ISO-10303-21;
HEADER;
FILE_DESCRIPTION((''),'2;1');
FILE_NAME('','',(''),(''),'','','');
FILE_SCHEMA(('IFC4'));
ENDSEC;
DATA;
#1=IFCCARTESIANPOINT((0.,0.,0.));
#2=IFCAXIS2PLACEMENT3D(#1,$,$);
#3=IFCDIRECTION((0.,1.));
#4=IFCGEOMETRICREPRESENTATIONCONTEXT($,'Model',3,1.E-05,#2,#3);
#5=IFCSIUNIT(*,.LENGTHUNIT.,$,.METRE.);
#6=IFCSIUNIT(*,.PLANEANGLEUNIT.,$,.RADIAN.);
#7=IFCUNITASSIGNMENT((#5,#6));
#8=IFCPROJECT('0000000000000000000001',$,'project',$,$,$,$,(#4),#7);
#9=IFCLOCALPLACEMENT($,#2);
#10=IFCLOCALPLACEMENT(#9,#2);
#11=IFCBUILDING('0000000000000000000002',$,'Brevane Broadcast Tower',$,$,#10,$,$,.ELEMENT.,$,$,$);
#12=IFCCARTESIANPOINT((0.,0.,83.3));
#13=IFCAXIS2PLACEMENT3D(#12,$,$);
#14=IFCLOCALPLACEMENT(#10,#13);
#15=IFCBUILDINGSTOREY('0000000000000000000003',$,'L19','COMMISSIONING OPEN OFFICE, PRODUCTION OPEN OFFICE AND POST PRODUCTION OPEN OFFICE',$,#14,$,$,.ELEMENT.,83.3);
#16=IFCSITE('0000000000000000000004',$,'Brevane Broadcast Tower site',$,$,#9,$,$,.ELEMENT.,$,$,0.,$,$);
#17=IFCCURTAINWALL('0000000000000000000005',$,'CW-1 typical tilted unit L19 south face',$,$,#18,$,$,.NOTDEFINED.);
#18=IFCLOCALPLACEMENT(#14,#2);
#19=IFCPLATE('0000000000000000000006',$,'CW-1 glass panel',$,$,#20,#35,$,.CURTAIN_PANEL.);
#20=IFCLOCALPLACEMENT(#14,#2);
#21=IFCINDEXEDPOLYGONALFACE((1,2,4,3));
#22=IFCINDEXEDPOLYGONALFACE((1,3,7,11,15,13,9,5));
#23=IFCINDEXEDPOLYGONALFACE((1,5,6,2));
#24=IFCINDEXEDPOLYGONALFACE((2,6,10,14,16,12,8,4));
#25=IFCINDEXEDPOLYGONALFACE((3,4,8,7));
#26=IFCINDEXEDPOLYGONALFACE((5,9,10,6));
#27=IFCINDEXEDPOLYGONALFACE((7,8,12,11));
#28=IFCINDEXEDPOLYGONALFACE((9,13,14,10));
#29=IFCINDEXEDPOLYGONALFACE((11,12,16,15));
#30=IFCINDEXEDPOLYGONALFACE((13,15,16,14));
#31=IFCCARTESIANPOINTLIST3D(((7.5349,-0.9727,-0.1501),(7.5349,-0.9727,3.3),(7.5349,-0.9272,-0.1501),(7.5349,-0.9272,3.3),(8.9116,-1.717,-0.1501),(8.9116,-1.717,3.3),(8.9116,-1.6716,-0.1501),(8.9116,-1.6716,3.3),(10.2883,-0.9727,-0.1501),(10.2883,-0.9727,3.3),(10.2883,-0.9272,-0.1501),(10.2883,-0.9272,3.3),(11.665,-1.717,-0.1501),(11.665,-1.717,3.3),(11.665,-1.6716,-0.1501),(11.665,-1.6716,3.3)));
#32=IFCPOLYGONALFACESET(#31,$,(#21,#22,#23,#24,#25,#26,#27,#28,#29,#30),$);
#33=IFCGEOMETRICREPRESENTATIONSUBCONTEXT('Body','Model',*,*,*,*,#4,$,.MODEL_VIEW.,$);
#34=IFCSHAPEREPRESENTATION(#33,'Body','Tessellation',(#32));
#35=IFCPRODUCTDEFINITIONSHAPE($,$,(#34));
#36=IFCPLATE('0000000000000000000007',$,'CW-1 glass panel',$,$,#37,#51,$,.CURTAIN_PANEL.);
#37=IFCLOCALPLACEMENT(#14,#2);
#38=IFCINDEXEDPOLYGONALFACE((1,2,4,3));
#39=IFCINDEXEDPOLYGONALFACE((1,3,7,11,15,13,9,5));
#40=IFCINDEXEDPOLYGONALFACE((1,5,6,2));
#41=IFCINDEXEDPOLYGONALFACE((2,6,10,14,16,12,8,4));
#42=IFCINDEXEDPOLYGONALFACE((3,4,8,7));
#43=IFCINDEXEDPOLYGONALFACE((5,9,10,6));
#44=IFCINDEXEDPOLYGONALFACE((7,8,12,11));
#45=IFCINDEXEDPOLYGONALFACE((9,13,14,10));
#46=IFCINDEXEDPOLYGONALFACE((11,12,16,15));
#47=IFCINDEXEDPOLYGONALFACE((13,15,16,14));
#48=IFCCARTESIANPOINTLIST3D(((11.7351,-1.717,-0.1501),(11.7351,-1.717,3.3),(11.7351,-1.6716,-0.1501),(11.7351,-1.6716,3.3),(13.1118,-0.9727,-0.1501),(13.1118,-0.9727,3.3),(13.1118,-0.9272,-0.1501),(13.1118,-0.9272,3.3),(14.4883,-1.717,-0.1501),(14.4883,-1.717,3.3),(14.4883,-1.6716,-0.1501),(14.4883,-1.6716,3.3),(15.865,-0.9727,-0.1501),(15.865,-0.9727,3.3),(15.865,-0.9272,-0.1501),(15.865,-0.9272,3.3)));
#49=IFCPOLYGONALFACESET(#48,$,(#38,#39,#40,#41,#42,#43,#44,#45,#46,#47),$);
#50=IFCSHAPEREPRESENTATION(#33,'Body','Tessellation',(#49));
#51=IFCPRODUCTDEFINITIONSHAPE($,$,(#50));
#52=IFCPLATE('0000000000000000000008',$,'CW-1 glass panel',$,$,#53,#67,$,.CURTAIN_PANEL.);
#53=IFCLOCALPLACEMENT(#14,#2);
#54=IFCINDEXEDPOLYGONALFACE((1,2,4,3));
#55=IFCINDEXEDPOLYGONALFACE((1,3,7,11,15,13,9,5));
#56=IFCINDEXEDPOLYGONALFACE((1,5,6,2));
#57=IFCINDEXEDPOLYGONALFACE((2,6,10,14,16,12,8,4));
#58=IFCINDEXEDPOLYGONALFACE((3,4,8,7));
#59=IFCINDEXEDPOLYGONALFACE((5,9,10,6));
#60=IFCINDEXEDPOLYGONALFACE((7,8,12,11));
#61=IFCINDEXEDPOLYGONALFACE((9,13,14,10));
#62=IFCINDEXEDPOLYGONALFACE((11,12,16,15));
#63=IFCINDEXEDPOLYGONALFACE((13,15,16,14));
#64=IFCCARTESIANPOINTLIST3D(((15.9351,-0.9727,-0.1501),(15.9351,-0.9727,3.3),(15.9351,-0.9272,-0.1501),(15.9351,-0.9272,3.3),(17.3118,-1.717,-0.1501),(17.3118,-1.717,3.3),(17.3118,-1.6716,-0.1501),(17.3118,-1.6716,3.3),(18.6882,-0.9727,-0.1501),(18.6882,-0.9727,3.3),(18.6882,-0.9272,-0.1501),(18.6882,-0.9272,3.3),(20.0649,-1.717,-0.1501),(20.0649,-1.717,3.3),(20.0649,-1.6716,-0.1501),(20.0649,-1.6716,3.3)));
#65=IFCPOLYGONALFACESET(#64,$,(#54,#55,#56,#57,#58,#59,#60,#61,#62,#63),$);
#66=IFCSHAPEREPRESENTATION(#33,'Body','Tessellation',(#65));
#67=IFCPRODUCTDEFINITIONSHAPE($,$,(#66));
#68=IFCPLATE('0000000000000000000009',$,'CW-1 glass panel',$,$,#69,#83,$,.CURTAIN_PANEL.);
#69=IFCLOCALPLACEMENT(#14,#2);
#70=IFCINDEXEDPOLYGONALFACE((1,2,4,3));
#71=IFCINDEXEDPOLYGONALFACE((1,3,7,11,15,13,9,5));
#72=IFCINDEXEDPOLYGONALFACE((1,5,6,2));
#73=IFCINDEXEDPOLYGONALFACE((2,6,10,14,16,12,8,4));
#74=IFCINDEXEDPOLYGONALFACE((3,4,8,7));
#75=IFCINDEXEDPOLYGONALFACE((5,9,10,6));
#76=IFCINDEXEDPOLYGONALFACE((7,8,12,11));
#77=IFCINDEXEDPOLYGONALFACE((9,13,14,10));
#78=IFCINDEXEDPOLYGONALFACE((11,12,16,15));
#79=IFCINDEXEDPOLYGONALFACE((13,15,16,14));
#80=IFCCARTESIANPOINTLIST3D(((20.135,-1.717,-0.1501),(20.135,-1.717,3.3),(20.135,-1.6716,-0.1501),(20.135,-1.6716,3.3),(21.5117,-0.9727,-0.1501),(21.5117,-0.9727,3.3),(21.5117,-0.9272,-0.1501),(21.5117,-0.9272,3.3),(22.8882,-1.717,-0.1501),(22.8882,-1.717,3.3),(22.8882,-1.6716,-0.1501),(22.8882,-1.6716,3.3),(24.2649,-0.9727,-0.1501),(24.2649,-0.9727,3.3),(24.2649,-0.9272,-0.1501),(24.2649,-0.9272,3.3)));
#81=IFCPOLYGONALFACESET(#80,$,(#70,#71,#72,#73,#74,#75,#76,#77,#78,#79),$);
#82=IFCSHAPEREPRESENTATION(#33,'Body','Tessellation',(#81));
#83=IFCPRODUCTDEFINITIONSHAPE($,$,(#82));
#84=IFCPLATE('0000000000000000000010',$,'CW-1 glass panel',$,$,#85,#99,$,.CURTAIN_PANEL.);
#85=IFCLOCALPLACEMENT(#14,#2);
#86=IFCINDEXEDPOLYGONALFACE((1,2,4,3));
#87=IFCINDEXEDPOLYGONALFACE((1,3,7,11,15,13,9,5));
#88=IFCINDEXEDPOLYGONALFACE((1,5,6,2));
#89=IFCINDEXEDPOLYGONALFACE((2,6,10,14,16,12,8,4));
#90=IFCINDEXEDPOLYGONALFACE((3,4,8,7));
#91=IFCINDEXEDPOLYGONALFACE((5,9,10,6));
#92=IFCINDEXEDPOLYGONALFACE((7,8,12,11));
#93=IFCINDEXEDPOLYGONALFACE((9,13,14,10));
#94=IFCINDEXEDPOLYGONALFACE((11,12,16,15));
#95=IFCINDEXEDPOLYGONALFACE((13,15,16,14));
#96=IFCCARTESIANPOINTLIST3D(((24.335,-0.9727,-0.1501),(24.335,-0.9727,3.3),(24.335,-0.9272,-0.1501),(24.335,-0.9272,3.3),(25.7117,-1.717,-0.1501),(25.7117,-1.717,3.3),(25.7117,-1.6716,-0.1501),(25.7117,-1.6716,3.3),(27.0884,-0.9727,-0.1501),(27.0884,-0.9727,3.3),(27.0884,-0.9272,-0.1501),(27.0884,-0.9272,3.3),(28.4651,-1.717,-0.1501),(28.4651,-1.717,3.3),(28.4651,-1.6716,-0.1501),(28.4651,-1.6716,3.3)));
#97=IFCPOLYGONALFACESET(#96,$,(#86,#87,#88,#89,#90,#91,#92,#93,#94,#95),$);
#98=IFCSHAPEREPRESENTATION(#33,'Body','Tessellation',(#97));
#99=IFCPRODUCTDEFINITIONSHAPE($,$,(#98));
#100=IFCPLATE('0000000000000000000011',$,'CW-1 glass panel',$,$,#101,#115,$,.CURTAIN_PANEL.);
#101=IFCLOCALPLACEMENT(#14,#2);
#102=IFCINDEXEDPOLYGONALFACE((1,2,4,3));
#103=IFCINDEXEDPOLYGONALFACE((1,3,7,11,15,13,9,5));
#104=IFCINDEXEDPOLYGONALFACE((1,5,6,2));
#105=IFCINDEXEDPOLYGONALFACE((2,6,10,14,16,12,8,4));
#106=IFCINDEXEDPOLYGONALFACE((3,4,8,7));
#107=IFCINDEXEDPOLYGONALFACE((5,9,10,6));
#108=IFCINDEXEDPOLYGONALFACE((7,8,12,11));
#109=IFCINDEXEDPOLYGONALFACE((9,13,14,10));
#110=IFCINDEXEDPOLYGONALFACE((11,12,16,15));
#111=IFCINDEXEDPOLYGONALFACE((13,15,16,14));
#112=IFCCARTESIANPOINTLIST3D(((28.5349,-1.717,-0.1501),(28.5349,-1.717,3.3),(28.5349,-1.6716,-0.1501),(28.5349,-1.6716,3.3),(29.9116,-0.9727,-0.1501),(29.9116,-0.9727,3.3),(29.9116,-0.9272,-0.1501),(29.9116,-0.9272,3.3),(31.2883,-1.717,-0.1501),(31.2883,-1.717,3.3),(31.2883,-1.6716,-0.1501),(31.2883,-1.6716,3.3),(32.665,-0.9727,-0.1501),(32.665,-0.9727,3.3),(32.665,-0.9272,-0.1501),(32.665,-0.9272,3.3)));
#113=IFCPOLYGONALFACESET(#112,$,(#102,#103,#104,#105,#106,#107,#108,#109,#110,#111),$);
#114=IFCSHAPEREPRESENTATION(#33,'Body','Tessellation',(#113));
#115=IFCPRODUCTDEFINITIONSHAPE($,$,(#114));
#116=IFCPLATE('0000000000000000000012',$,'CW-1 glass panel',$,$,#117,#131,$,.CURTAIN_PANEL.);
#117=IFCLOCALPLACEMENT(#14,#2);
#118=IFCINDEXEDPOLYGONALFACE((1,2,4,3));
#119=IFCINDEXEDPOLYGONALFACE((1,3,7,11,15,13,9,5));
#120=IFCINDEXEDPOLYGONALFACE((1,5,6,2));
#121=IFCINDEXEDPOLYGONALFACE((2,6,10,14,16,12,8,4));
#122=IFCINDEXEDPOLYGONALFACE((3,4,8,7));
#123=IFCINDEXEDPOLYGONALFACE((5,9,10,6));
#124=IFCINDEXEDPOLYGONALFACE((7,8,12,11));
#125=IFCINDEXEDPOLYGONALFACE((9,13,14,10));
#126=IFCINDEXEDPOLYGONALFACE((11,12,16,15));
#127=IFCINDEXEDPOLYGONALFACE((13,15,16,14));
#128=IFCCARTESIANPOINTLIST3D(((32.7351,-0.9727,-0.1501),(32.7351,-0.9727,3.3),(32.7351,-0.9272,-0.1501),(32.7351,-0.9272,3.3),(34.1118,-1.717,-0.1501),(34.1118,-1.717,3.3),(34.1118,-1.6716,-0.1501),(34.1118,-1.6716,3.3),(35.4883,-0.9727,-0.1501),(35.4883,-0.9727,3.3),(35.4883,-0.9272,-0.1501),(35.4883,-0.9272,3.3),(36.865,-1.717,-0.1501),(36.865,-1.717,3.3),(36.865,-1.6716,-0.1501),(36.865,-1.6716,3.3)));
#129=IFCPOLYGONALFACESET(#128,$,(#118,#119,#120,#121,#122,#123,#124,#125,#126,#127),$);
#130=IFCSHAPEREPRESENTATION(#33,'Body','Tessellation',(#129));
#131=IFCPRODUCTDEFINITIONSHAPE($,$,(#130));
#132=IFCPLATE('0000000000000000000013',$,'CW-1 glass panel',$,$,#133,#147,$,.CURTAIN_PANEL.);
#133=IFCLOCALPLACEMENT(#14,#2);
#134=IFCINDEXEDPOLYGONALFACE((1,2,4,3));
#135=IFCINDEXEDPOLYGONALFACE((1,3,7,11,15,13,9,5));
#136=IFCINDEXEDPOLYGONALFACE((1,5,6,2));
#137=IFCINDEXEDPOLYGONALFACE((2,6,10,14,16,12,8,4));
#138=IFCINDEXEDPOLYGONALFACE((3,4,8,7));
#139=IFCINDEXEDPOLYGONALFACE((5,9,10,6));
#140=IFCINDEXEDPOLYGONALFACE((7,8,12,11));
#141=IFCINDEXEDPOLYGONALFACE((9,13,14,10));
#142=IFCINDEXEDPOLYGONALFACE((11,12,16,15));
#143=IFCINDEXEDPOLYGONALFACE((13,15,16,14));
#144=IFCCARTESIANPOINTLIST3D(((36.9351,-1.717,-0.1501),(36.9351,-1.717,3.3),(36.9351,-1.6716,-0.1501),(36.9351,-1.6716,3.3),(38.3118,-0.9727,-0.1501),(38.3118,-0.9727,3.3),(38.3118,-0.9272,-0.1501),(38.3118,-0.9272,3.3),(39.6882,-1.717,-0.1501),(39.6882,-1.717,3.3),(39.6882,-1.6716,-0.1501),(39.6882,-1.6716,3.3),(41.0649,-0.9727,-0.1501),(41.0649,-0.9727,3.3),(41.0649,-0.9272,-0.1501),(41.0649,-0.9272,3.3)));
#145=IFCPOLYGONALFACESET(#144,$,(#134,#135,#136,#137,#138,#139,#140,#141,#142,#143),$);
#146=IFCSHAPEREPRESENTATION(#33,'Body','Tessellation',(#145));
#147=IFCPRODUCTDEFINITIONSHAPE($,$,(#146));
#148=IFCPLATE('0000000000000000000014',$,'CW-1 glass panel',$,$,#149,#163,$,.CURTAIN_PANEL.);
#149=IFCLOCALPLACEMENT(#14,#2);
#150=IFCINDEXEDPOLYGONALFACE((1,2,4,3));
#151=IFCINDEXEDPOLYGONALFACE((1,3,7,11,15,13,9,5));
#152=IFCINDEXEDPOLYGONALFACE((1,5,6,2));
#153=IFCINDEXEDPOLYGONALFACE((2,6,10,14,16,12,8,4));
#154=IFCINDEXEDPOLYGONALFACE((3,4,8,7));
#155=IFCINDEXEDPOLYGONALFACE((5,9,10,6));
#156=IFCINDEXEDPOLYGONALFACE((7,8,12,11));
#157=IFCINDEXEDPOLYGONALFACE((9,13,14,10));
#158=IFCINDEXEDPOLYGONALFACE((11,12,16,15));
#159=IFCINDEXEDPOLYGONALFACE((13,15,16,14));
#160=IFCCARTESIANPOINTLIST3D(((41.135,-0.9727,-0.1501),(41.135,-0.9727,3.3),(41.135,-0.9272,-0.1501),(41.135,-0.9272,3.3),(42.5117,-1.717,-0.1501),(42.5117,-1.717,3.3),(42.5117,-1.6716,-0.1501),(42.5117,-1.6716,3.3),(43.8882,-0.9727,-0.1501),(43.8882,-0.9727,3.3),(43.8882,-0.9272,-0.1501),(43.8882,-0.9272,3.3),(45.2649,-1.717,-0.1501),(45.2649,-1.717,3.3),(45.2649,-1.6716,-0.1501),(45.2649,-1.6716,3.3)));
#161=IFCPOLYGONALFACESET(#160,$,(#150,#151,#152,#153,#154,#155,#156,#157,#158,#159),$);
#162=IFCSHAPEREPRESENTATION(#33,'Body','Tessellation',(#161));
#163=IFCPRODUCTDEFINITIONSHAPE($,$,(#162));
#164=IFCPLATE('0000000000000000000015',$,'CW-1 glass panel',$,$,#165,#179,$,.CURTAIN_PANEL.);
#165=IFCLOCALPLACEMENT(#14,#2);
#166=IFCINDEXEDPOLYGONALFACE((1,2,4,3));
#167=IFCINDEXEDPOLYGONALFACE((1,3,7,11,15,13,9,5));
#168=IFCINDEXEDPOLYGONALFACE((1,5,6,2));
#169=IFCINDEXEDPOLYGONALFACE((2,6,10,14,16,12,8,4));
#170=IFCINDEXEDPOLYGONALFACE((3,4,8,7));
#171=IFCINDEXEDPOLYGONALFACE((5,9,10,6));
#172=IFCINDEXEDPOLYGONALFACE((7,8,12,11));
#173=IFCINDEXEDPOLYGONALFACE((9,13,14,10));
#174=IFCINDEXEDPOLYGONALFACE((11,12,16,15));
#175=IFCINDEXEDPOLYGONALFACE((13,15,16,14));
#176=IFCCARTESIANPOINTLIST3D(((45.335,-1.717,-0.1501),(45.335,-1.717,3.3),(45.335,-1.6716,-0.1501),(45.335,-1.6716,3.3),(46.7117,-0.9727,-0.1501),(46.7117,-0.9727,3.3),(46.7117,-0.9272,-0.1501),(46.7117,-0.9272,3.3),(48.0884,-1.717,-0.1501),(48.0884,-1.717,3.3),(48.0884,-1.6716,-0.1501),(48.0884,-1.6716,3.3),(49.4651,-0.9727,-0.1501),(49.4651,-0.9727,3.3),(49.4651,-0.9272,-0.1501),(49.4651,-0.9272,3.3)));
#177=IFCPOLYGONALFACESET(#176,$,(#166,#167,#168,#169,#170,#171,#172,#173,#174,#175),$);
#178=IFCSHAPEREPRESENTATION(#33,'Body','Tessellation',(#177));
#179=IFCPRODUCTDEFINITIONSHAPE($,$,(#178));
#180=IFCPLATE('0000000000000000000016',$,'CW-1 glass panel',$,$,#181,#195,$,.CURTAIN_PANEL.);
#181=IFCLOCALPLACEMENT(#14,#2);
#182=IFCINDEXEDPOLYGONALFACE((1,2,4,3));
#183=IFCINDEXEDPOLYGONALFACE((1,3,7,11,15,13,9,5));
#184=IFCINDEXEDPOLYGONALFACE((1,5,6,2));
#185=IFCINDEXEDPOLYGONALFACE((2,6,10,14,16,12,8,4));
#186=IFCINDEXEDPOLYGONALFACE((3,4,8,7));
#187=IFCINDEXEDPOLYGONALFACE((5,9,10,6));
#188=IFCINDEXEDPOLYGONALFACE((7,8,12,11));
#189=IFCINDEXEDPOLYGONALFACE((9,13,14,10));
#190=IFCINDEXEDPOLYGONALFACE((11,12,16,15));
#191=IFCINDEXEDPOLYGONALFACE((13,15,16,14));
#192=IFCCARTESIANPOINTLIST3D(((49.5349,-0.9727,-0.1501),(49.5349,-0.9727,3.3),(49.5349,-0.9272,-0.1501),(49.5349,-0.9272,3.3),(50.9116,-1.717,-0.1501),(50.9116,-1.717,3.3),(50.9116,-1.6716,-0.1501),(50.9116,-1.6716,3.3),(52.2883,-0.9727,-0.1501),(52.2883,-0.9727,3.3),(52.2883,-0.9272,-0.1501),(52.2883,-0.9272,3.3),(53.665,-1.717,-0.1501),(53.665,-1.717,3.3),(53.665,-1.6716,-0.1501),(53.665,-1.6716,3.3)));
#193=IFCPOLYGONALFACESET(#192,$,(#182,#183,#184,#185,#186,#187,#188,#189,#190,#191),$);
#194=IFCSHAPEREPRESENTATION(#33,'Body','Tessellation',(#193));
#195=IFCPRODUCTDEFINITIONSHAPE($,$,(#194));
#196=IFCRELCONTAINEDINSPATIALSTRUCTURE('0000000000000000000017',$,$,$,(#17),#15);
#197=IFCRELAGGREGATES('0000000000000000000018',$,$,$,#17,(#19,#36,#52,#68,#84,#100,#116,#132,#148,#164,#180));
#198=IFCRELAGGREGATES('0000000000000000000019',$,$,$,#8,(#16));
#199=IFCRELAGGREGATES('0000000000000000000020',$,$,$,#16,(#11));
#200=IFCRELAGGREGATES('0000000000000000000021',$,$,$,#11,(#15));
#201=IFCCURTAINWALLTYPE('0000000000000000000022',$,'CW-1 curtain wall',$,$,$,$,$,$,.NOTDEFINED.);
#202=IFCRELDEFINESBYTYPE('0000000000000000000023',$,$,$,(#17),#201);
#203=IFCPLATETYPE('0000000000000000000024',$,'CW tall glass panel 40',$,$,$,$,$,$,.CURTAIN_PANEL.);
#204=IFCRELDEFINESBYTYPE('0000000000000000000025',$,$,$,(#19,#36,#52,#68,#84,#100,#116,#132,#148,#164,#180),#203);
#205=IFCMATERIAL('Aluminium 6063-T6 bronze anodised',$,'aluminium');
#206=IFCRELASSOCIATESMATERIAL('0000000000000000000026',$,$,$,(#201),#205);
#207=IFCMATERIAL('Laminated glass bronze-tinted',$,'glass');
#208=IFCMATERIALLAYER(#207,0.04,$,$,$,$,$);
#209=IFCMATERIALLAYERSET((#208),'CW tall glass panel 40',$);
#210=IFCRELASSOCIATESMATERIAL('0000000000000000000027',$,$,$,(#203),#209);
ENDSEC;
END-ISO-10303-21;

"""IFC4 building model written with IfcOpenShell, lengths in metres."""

from ifc_helpers import new_model, si_unit, direction, frame, origin, place, context, subcontext, project, spatial, polyline, outline, extrude, material, layer, layer_set, type_object, element, aggregate, save


model = new_model("IFC4")

# Units and contexts
model_context = context("Model", 3, precision=1e-05, world=origin(), true_north=direction((0.0, 1.0)))
body_context = subcontext(model_context, "Body", "Model", "MODEL_VIEW")
ifc_project = project(units=[si_unit("LENGTHUNIT", "METRE"), si_unit("PLANEANGLEUNIT", "RADIAN")], contexts=[model_context])

# Site, building, storey
site_placement = place(None, origin())
site = spatial("IfcSite", under=ifc_project, at=site_placement, Name="Brevane Broadcast Tower site", CompositionType="ELEMENT", RefElevation=0.0)
building_placement = place(site_placement, origin())
building = spatial("IfcBuilding", under=site, at=building_placement, Name="Brevane Broadcast Tower", CompositionType="ELEMENT")
storey_placement = place(building_placement, frame((0.0, 0.0, 83.3)))
storey = spatial("IfcBuildingStorey", under=building, at=storey_placement, Name="L19", Description="COMMISSIONING OPEN OFFICE, PRODUCTION OPEN OFFICE AND POST PRODUCTION OPEN OFFICE", CompositionType="ELEMENT", Elevation=83.3)

# Curtain wall, plates
ifc_material_1 = material(Name="Aluminium 6063-T6 bronze anodised", Category="aluminium")
curtain_wall_type = type_object("IfcCurtainWallType", Name="CW-1 curtain wall", PredefinedType="NOTDEFINED", material=ifc_material_1)
curtain_wall_1_placement = place(storey_placement, origin())
curtain_wall_1 = element("IfcCurtainWall", 1, at=curtain_wall_1_placement, inside=storey, type_object=curtain_wall_type, Name="CW-1 typical tilted unit L19 south face", PredefinedType="NOTDEFINED")
ifc_material_2 = material(Name="Laminated glass bronze-tinted", Category="glass")
ifc_layer = layer(ifc_material_2, 0.04)
ifc_layer_set = layer_set([ifc_layer], Name="CW tall glass panel 40")
plate_type = type_object("IfcPlateType", Name="CW tall glass panel 40", PredefinedType="CURTAIN_PANEL", material=ifc_layer_set)
plate_1_placement = place(storey_placement, frame((0.0, 0.0, -0.1501)))
plate_1 = element("IfcPlate", 2, at=plate_1_placement, type_object=plate_type, Name="CW-1 glass panel", PredefinedType="CURTAIN_PANEL", context=body_context, shape_type="SweptSolid", body=[
    extrude(outline(polyline([(7.5349, -0.9272), (7.5349, -0.9727), (8.9116, -1.717), (10.2883, -0.9727), (11.665, -1.717), (11.665, -1.6716), (10.2883, -0.9272), (8.9116, -1.6716), (7.5349, -0.9272)])), origin(), (0.0, 0.0, 1.0), 3.4502),
])
plate_2_placement = place(storey_placement, frame((0.0, 0.0, -0.1501)))
plate_2 = element("IfcPlate", 3, at=plate_2_placement, type_object=plate_type, Name="CW-1 glass panel", PredefinedType="CURTAIN_PANEL", context=body_context, shape_type="SweptSolid", body=[
    extrude(outline(polyline([(11.7351, -1.6716), (11.7351, -1.717), (13.1118, -0.9727), (14.4883, -1.717), (15.865, -0.9727), (15.865, -0.9272), (14.4883, -1.6716), (13.1118, -0.9272), (11.7351, -1.6716)])), origin(), (0.0, 0.0, 1.0), 3.4502),
])
plate_3_placement = place(storey_placement, frame((0.0, 0.0, -0.1501)))
plate_3 = element("IfcPlate", 4, at=plate_3_placement, type_object=plate_type, Name="CW-1 glass panel", PredefinedType="CURTAIN_PANEL", context=body_context, shape_type="SweptSolid", body=[
    extrude(outline(polyline([(15.9351, -0.9272), (15.9351, -0.9727), (17.3118, -1.717), (18.6882, -0.9727), (20.0649, -1.717), (20.0649, -1.6716), (18.6882, -0.9272), (17.3118, -1.6716), (15.9351, -0.9272)])), origin(), (0.0, 0.0, 1.0), 3.4502),
])
plate_4_placement = place(storey_placement, frame((0.0, 0.0, -0.1501)))
plate_4 = element("IfcPlate", 5, at=plate_4_placement, type_object=plate_type, Name="CW-1 glass panel", PredefinedType="CURTAIN_PANEL", context=body_context, shape_type="SweptSolid", body=[
    extrude(outline(polyline([(20.135, -1.6716), (20.135, -1.717), (21.5117, -0.9727), (22.8882, -1.717), (24.2649, -0.9727), (24.2649, -0.9272), (22.8882, -1.6716), (21.5117, -0.9272), (20.135, -1.6716)])), origin(), (0.0, 0.0, 1.0), 3.4502),
])
plate_5_placement = place(storey_placement, frame((0.0, 0.0, -0.1501)))
plate_5 = element("IfcPlate", 6, at=plate_5_placement, type_object=plate_type, Name="CW-1 glass panel", PredefinedType="CURTAIN_PANEL", context=body_context, shape_type="SweptSolid", body=[
    extrude(outline(polyline([(24.335, -0.9272), (24.335, -0.9727), (25.7117, -1.717), (27.0884, -0.9727), (28.4651, -1.717), (28.4651, -1.6716), (27.0884, -0.9272), (25.7117, -1.6716), (24.335, -0.9272)])), origin(), (0.0, 0.0, 1.0), 3.4502),
])
plate_6_placement = place(storey_placement, frame((0.0, 0.0, -0.1501)))
plate_6 = element("IfcPlate", 7, at=plate_6_placement, type_object=plate_type, Name="CW-1 glass panel", PredefinedType="CURTAIN_PANEL", context=body_context, shape_type="SweptSolid", body=[
    extrude(outline(polyline([(28.5349, -1.6716), (28.5349, -1.717), (29.9116, -0.9727), (31.2883, -1.717), (32.665, -0.9727), (32.665, -0.9272), (31.2883, -1.6716), (29.9116, -0.9272), (28.5349, -1.6716)])), origin(), (0.0, 0.0, 1.0), 3.4502),
])
plate_7_placement = place(storey_placement, frame((0.0, 0.0, -0.1501)))
plate_7 = element("IfcPlate", 8, at=plate_7_placement, type_object=plate_type, Name="CW-1 glass panel", PredefinedType="CURTAIN_PANEL", context=body_context, shape_type="SweptSolid", body=[
    extrude(outline(polyline([(32.7351, -0.9272), (32.7351, -0.9727), (34.1118, -1.717), (35.4883, -0.9727), (36.865, -1.717), (36.865, -1.6716), (35.4883, -0.9272), (34.1118, -1.6716), (32.7351, -0.9272)])), origin(), (0.0, 0.0, 1.0), 3.4502),
])
plate_8_placement = place(storey_placement, frame((0.0, 0.0, -0.1501)))
plate_8 = element("IfcPlate", 9, at=plate_8_placement, type_object=plate_type, Name="CW-1 glass panel", PredefinedType="CURTAIN_PANEL", context=body_context, shape_type="SweptSolid", body=[
    extrude(outline(polyline([(36.9351, -1.6716), (36.9351, -1.717), (38.3118, -0.9727), (39.6882, -1.717), (41.0649, -0.9727), (41.0649, -0.9272), (39.6882, -1.6716), (38.3118, -0.9272), (36.9351, -1.6716)])), origin(), (0.0, 0.0, 1.0), 3.4502),
])
plate_9_placement = place(storey_placement, frame((0.0, 0.0, -0.1501)))
plate_9 = element("IfcPlate", 10, at=plate_9_placement, type_object=plate_type, Name="CW-1 glass panel", PredefinedType="CURTAIN_PANEL", context=body_context, shape_type="SweptSolid", body=[
    extrude(outline(polyline([(41.135, -0.9272), (41.135, -0.9727), (42.5117, -1.717), (43.8882, -0.9727), (45.2649, -1.717), (45.2649, -1.6716), (43.8882, -0.9272), (42.5117, -1.6716), (41.135, -0.9272)])), origin(), (0.0, 0.0, 1.0), 3.4502),
])
plate_10_placement = place(storey_placement, frame((0.0, 0.0, -0.1501)))
plate_10 = element("IfcPlate", 11, at=plate_10_placement, type_object=plate_type, Name="CW-1 glass panel", PredefinedType="CURTAIN_PANEL", context=body_context, shape_type="SweptSolid", body=[
    extrude(outline(polyline([(45.335, -1.6716), (45.335, -1.717), (46.7117, -0.9727), (48.0884, -1.717), (49.4651, -0.9727), (49.4651, -0.9272), (48.0884, -1.6716), (46.7117, -0.9272), (45.335, -1.6716)])), origin(), (0.0, 0.0, 1.0), 3.4502),
])
plate_11_placement = place(storey_placement, frame((0.0, 0.0, -0.1501)))
plate_11 = element("IfcPlate", 12, at=plate_11_placement, type_object=plate_type, Name="CW-1 glass panel", PredefinedType="CURTAIN_PANEL", context=body_context, shape_type="SweptSolid", body=[
    extrude(outline(polyline([(49.5349, -0.9272), (49.5349, -0.9727), (50.9116, -1.717), (52.2883, -0.9727), (53.665, -1.717), (53.665, -1.6716), (52.2883, -0.9272), (50.9116, -1.6716), (49.5349, -0.9272)])), origin(), (0.0, 0.0, 1.0), 3.4502),
])
aggregate(curtain_wall_1, [plate_1, plate_2, plate_3, plate_4, plate_5, plate_6, plate_7, plate_8, plate_9, plate_10, plate_11])

save(model, "model.ifc")
